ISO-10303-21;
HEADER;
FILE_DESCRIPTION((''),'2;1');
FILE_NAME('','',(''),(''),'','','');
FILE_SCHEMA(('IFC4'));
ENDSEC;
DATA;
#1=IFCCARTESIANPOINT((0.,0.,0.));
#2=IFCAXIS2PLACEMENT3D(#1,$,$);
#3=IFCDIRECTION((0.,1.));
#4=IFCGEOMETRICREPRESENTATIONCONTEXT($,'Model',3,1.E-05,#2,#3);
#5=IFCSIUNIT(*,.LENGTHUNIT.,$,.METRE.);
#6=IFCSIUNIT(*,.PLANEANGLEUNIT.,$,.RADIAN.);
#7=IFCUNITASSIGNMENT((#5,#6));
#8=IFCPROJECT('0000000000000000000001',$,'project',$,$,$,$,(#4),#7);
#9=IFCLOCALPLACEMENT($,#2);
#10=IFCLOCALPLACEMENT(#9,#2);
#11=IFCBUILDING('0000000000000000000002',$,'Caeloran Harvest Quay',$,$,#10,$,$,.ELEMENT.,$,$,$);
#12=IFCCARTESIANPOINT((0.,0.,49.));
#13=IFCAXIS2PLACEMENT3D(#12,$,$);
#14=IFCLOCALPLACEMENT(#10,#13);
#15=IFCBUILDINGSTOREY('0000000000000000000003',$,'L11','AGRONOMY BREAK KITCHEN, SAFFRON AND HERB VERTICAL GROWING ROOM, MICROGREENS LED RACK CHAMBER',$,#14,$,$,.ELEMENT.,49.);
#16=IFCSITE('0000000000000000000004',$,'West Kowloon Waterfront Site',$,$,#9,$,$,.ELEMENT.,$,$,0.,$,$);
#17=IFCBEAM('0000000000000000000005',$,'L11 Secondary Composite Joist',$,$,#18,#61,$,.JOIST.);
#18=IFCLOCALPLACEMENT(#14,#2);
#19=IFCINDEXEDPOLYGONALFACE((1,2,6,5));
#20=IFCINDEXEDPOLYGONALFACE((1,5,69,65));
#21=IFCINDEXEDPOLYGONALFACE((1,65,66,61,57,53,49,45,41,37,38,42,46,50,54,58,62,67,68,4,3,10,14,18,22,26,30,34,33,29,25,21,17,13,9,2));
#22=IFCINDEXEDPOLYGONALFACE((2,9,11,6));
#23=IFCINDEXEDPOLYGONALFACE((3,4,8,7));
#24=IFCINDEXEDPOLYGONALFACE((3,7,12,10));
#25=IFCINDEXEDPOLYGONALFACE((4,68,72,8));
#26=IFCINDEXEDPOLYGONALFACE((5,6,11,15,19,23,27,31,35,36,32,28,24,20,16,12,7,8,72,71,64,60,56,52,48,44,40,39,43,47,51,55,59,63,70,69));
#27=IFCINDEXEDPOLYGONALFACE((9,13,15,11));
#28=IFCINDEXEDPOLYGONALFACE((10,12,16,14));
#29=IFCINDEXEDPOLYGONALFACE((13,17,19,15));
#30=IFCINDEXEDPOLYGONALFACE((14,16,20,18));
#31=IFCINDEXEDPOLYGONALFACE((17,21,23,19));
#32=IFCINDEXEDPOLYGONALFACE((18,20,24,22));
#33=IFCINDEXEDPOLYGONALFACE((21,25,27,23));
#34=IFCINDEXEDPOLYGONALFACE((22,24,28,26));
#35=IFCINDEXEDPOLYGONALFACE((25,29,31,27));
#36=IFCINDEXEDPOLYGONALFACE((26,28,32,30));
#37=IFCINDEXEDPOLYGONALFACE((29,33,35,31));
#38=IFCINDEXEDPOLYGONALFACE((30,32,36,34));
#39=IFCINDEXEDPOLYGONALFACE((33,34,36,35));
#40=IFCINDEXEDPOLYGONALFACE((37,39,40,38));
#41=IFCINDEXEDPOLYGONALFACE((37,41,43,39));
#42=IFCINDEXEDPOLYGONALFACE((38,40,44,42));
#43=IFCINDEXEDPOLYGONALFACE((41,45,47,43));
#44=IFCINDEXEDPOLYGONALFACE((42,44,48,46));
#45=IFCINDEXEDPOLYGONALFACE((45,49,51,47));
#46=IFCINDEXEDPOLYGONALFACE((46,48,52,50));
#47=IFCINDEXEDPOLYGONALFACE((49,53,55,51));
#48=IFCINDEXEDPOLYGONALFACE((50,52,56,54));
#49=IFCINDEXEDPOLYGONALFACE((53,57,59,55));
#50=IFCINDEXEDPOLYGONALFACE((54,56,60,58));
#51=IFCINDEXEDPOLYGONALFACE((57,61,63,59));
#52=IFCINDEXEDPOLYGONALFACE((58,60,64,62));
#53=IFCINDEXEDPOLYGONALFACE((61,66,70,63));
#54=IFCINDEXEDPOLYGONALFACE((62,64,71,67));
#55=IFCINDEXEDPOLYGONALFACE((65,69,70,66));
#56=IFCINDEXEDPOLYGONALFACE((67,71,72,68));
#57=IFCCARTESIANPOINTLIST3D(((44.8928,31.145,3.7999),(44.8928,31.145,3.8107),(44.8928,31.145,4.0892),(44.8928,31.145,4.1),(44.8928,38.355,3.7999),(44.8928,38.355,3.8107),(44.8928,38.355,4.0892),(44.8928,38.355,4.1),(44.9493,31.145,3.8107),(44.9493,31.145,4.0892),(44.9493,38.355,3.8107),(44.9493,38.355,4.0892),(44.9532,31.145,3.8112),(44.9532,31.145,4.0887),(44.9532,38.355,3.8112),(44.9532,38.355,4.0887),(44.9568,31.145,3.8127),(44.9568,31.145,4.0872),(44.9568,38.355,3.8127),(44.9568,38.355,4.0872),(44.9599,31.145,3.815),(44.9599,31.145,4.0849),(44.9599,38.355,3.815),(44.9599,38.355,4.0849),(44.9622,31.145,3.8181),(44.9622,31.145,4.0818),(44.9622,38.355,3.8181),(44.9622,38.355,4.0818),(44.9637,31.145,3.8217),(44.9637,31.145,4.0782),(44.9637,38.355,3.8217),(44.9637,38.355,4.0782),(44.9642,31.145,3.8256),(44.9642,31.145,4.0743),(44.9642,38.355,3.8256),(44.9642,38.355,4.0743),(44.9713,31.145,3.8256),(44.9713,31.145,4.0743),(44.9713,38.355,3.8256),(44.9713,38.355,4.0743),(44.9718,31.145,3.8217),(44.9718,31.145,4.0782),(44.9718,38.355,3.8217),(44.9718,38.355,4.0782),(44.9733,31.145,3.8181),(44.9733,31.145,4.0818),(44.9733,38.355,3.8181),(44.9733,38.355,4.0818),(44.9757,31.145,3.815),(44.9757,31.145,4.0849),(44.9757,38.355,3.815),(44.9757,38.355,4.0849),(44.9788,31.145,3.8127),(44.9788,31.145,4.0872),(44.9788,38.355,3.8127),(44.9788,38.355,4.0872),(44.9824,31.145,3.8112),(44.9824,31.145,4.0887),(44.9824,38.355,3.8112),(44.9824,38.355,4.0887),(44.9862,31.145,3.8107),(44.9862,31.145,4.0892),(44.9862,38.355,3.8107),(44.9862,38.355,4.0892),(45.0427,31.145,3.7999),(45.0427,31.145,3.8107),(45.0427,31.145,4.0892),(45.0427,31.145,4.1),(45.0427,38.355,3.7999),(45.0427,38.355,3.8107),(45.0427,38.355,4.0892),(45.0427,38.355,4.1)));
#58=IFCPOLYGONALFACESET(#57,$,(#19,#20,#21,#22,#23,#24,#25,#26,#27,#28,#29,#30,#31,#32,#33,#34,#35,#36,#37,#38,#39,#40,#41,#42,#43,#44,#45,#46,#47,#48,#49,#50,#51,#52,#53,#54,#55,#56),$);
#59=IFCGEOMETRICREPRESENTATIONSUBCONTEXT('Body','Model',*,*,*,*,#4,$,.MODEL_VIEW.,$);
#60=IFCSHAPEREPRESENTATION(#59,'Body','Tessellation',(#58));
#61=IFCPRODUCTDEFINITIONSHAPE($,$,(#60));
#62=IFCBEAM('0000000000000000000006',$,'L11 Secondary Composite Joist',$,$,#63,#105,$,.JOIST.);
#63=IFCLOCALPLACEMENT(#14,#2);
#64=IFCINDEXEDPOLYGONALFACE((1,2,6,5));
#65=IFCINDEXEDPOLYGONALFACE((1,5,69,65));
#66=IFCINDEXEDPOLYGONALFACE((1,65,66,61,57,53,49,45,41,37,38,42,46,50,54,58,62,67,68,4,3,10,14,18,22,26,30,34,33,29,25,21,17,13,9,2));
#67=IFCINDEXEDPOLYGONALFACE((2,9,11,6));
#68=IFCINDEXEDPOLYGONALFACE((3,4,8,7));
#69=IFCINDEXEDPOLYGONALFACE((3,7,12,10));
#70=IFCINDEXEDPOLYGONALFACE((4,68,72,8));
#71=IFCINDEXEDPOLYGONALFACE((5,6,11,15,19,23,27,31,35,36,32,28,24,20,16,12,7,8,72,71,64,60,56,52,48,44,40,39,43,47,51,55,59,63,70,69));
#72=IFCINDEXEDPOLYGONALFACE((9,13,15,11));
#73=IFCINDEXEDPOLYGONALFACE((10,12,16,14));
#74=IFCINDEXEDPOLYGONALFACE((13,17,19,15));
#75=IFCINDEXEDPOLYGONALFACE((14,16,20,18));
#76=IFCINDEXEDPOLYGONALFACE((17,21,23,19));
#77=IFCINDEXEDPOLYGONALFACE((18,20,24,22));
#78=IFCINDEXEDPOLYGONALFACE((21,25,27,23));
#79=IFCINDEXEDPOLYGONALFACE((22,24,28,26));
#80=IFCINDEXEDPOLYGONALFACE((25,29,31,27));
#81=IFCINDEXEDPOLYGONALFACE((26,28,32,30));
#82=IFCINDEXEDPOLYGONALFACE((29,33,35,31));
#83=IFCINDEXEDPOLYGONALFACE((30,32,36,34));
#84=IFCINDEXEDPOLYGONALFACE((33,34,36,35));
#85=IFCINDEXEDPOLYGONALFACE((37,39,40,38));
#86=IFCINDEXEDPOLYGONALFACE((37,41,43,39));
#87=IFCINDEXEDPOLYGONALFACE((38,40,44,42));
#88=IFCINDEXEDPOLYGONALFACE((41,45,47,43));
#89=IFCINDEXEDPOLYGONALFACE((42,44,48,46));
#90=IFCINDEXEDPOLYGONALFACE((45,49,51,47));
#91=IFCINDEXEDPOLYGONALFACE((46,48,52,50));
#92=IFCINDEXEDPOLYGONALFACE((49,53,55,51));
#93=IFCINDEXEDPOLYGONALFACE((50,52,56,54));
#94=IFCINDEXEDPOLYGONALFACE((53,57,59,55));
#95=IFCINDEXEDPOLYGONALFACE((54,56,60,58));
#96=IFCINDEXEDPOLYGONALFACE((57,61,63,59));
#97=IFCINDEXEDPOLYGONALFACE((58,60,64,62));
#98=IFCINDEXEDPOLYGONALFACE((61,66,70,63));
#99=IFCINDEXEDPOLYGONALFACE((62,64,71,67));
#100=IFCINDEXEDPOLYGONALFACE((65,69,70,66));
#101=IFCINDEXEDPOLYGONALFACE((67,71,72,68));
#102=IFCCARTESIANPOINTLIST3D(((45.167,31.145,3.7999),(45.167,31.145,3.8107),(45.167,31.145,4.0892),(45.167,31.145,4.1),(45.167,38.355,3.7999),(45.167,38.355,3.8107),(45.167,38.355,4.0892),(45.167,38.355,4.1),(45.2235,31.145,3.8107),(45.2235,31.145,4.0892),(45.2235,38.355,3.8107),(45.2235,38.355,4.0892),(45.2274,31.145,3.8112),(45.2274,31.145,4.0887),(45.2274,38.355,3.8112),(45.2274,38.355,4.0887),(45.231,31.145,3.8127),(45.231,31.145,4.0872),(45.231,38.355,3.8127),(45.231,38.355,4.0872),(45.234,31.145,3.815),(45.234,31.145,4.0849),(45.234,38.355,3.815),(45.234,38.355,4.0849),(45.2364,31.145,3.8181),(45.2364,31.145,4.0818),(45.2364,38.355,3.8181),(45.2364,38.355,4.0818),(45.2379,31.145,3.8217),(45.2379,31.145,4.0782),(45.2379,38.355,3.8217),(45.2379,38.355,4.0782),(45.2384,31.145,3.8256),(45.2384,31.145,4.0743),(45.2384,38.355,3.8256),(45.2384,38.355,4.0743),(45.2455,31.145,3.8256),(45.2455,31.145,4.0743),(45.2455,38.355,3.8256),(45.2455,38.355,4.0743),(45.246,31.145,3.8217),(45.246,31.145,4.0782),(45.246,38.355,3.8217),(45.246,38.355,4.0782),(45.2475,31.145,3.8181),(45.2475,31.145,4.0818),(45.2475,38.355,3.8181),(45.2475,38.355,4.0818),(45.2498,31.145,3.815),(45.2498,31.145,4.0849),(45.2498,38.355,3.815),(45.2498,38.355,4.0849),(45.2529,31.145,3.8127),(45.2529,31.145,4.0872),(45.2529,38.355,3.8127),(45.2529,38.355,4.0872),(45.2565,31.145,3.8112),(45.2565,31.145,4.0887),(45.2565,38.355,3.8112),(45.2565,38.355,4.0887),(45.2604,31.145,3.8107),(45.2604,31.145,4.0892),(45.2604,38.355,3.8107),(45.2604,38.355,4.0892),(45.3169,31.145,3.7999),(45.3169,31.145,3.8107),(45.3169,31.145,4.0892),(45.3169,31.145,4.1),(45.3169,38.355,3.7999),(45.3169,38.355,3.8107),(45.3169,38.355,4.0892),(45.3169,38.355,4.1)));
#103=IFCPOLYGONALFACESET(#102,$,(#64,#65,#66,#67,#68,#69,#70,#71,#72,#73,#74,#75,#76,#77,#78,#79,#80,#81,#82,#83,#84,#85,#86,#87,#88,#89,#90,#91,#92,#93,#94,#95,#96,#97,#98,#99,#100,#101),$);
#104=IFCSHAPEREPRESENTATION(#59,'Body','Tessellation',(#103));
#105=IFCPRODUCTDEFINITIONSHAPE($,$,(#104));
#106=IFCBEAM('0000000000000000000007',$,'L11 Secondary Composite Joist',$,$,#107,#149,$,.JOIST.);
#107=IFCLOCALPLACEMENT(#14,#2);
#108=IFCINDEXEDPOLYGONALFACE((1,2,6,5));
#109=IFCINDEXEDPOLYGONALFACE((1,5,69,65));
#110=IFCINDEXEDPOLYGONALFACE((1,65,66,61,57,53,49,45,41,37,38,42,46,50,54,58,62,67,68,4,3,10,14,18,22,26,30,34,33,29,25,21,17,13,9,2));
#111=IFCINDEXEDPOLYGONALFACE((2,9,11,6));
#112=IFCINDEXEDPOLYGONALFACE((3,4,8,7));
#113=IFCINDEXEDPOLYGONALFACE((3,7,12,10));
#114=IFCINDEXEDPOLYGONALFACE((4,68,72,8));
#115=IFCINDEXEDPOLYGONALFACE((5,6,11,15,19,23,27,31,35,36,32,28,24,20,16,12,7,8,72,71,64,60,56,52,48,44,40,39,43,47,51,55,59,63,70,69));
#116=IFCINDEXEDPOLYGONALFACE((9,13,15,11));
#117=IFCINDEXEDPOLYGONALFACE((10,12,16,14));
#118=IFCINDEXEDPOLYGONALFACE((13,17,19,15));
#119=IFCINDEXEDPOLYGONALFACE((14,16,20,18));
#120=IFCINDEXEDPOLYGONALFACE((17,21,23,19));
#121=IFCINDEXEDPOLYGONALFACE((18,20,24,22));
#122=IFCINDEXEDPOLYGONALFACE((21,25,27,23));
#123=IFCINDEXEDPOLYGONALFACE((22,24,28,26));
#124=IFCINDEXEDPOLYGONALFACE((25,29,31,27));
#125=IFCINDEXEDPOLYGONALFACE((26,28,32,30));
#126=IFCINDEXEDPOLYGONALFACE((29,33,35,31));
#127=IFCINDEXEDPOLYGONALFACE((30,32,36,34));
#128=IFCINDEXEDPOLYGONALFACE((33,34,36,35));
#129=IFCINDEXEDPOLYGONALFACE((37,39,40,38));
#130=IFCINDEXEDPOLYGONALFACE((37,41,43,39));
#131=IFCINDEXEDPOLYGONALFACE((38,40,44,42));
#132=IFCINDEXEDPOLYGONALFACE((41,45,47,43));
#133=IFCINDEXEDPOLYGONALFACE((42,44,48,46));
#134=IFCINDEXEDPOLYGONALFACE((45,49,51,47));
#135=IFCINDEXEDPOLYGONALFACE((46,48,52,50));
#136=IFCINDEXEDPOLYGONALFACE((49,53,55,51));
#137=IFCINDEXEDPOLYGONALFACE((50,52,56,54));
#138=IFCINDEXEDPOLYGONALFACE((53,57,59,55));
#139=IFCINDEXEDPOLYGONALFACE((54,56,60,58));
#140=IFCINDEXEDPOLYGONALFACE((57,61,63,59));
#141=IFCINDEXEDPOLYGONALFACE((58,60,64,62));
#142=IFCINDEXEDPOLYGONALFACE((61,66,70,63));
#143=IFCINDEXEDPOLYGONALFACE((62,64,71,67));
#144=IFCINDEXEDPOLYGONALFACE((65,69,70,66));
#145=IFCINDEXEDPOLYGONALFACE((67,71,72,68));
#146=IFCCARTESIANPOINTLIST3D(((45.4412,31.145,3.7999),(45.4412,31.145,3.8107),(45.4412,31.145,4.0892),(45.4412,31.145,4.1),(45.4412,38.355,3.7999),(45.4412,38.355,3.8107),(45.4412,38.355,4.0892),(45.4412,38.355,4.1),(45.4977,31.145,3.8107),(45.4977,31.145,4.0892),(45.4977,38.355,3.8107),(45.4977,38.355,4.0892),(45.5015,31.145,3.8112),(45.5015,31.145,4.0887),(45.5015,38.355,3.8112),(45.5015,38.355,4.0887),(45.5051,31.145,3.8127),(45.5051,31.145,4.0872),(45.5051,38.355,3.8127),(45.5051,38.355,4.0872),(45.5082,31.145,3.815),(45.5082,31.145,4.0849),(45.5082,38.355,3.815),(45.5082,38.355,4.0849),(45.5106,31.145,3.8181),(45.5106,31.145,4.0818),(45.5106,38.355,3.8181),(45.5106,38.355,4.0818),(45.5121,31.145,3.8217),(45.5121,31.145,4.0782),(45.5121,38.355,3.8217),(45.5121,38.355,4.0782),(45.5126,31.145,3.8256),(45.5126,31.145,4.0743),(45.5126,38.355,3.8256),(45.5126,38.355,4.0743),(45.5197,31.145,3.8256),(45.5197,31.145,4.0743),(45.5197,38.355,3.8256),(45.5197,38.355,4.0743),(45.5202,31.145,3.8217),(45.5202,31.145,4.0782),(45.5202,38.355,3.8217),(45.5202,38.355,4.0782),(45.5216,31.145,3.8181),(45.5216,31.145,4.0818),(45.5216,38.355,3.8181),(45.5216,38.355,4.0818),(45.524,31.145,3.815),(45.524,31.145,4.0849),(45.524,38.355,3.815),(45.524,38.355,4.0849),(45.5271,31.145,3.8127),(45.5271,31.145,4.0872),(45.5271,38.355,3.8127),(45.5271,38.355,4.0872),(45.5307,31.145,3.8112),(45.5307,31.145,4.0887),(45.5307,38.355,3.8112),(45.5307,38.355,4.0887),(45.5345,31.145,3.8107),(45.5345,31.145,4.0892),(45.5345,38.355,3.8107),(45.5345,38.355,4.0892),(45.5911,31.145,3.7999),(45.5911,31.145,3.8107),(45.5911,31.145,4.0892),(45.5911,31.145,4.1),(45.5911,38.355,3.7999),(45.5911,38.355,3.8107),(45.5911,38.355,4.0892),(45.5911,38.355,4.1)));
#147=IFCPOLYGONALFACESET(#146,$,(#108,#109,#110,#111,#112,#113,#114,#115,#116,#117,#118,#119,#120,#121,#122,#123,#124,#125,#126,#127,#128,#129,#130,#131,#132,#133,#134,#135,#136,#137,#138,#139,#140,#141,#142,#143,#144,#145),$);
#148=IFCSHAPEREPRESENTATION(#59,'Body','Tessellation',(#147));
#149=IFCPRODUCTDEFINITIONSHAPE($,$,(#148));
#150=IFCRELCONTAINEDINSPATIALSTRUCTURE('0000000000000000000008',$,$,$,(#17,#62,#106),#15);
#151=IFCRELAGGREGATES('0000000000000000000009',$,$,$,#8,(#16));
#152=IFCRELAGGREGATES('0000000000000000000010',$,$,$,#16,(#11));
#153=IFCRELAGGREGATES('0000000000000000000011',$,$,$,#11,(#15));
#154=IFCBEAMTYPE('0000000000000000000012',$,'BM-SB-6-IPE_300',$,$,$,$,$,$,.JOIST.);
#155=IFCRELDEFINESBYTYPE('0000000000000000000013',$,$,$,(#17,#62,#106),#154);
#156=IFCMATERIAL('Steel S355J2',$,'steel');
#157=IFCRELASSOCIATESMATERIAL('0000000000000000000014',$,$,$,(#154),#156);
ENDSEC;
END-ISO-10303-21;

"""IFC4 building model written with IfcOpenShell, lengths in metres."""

from ifc_helpers import new_model, si_unit, direction, frame, origin, origin_2d, place, context, subcontext, project, spatial, i_section, extrude, material, material_profile, profile_set, type_object, element, save


model = new_model("IFC4")

# Units and contexts
model_context = context("Model", 3, precision=1e-05, world=origin(), true_north=direction((0.0, 1.0)))
body_context = subcontext(model_context, "Body", "Model", "MODEL_VIEW")
ifc_project = project(units=[si_unit("LENGTHUNIT", "METRE"), si_unit("PLANEANGLEUNIT", "RADIAN")], contexts=[model_context])

# Site, building, storey
site_placement = place(None, origin())
site = spatial("IfcSite", under=ifc_project, at=site_placement, Name="West Kowloon Waterfront Site", CompositionType="ELEMENT", RefElevation=0.0)
building_placement = place(site_placement, origin())
building = spatial("IfcBuilding", under=site, at=building_placement, Name="Caeloran Harvest Quay", CompositionType="ELEMENT")
storey_placement = place(building_placement, frame((0.0, 0.0, 49.0)))
storey = spatial("IfcBuildingStorey", under=building, at=storey_placement, Name="L11", Description="AGRONOMY BREAK KITCHEN, SAFFRON AND HERB VERTICAL GROWING ROOM, MICROGREENS LED RACK CHAMBER", CompositionType="ELEMENT", Elevation=49.0)

# Beams
ifc_material_1 = material(Name="Steel S355J2", Category="steel")
ifc_material_profile_1 = material_profile(ifc_material_1, i_section(OverallWidth=0.1499, OverallDepth=0.3, WebThickness=0.0071, FlangeThickness=0.0107, FilletRadius=0.0149, at=origin_2d()), Name="IPE 300")
ifc_profile_set_1 = profile_set([ifc_material_profile_1], Name="Steel S355J2")
beam_type_1 = type_object("IfcBeamType", Name="BM-SB-6-IPE_300", PredefinedType="JOIST", material=ifc_profile_set_1)
for number, where, z_axis, x_axis, name in (
    (1, (44.9678, 31.145, 3.95), (0.0, 1.0, 0.0), (-1.0, 0.0, 0.0), "L11 Secondary Composite Joist"),
    (2, (45.2419, 31.145, 3.95), (0.0, 1.0, 0.0), (-1.0, 0.0, 0.0), "L11 Secondary Composite Joist"),
    (3, (45.5161, 31.145, 3.95), (0.0, 1.0, 0.0), (-1.0, 0.0, 0.0), "L11 Secondary Composite Joist"),
):
    element("IfcBeam", number, at=place(storey_placement, frame(where, z_axis=z_axis, x_axis=x_axis)), inside=storey, type_object=beam_type_1, Name=name, PredefinedType="JOIST", context=body_context, shape_type="SweptSolid", body=[
        extrude(i_section(OverallWidth=0.1499, OverallDepth=0.3, WebThickness=0.0071, FlangeThickness=0.0107, FilletRadius=0.0149, at=origin_2d()), origin(), (0.0, 0.0, 1.0), 7.21),
    ])

save(model, "model.ifc")
